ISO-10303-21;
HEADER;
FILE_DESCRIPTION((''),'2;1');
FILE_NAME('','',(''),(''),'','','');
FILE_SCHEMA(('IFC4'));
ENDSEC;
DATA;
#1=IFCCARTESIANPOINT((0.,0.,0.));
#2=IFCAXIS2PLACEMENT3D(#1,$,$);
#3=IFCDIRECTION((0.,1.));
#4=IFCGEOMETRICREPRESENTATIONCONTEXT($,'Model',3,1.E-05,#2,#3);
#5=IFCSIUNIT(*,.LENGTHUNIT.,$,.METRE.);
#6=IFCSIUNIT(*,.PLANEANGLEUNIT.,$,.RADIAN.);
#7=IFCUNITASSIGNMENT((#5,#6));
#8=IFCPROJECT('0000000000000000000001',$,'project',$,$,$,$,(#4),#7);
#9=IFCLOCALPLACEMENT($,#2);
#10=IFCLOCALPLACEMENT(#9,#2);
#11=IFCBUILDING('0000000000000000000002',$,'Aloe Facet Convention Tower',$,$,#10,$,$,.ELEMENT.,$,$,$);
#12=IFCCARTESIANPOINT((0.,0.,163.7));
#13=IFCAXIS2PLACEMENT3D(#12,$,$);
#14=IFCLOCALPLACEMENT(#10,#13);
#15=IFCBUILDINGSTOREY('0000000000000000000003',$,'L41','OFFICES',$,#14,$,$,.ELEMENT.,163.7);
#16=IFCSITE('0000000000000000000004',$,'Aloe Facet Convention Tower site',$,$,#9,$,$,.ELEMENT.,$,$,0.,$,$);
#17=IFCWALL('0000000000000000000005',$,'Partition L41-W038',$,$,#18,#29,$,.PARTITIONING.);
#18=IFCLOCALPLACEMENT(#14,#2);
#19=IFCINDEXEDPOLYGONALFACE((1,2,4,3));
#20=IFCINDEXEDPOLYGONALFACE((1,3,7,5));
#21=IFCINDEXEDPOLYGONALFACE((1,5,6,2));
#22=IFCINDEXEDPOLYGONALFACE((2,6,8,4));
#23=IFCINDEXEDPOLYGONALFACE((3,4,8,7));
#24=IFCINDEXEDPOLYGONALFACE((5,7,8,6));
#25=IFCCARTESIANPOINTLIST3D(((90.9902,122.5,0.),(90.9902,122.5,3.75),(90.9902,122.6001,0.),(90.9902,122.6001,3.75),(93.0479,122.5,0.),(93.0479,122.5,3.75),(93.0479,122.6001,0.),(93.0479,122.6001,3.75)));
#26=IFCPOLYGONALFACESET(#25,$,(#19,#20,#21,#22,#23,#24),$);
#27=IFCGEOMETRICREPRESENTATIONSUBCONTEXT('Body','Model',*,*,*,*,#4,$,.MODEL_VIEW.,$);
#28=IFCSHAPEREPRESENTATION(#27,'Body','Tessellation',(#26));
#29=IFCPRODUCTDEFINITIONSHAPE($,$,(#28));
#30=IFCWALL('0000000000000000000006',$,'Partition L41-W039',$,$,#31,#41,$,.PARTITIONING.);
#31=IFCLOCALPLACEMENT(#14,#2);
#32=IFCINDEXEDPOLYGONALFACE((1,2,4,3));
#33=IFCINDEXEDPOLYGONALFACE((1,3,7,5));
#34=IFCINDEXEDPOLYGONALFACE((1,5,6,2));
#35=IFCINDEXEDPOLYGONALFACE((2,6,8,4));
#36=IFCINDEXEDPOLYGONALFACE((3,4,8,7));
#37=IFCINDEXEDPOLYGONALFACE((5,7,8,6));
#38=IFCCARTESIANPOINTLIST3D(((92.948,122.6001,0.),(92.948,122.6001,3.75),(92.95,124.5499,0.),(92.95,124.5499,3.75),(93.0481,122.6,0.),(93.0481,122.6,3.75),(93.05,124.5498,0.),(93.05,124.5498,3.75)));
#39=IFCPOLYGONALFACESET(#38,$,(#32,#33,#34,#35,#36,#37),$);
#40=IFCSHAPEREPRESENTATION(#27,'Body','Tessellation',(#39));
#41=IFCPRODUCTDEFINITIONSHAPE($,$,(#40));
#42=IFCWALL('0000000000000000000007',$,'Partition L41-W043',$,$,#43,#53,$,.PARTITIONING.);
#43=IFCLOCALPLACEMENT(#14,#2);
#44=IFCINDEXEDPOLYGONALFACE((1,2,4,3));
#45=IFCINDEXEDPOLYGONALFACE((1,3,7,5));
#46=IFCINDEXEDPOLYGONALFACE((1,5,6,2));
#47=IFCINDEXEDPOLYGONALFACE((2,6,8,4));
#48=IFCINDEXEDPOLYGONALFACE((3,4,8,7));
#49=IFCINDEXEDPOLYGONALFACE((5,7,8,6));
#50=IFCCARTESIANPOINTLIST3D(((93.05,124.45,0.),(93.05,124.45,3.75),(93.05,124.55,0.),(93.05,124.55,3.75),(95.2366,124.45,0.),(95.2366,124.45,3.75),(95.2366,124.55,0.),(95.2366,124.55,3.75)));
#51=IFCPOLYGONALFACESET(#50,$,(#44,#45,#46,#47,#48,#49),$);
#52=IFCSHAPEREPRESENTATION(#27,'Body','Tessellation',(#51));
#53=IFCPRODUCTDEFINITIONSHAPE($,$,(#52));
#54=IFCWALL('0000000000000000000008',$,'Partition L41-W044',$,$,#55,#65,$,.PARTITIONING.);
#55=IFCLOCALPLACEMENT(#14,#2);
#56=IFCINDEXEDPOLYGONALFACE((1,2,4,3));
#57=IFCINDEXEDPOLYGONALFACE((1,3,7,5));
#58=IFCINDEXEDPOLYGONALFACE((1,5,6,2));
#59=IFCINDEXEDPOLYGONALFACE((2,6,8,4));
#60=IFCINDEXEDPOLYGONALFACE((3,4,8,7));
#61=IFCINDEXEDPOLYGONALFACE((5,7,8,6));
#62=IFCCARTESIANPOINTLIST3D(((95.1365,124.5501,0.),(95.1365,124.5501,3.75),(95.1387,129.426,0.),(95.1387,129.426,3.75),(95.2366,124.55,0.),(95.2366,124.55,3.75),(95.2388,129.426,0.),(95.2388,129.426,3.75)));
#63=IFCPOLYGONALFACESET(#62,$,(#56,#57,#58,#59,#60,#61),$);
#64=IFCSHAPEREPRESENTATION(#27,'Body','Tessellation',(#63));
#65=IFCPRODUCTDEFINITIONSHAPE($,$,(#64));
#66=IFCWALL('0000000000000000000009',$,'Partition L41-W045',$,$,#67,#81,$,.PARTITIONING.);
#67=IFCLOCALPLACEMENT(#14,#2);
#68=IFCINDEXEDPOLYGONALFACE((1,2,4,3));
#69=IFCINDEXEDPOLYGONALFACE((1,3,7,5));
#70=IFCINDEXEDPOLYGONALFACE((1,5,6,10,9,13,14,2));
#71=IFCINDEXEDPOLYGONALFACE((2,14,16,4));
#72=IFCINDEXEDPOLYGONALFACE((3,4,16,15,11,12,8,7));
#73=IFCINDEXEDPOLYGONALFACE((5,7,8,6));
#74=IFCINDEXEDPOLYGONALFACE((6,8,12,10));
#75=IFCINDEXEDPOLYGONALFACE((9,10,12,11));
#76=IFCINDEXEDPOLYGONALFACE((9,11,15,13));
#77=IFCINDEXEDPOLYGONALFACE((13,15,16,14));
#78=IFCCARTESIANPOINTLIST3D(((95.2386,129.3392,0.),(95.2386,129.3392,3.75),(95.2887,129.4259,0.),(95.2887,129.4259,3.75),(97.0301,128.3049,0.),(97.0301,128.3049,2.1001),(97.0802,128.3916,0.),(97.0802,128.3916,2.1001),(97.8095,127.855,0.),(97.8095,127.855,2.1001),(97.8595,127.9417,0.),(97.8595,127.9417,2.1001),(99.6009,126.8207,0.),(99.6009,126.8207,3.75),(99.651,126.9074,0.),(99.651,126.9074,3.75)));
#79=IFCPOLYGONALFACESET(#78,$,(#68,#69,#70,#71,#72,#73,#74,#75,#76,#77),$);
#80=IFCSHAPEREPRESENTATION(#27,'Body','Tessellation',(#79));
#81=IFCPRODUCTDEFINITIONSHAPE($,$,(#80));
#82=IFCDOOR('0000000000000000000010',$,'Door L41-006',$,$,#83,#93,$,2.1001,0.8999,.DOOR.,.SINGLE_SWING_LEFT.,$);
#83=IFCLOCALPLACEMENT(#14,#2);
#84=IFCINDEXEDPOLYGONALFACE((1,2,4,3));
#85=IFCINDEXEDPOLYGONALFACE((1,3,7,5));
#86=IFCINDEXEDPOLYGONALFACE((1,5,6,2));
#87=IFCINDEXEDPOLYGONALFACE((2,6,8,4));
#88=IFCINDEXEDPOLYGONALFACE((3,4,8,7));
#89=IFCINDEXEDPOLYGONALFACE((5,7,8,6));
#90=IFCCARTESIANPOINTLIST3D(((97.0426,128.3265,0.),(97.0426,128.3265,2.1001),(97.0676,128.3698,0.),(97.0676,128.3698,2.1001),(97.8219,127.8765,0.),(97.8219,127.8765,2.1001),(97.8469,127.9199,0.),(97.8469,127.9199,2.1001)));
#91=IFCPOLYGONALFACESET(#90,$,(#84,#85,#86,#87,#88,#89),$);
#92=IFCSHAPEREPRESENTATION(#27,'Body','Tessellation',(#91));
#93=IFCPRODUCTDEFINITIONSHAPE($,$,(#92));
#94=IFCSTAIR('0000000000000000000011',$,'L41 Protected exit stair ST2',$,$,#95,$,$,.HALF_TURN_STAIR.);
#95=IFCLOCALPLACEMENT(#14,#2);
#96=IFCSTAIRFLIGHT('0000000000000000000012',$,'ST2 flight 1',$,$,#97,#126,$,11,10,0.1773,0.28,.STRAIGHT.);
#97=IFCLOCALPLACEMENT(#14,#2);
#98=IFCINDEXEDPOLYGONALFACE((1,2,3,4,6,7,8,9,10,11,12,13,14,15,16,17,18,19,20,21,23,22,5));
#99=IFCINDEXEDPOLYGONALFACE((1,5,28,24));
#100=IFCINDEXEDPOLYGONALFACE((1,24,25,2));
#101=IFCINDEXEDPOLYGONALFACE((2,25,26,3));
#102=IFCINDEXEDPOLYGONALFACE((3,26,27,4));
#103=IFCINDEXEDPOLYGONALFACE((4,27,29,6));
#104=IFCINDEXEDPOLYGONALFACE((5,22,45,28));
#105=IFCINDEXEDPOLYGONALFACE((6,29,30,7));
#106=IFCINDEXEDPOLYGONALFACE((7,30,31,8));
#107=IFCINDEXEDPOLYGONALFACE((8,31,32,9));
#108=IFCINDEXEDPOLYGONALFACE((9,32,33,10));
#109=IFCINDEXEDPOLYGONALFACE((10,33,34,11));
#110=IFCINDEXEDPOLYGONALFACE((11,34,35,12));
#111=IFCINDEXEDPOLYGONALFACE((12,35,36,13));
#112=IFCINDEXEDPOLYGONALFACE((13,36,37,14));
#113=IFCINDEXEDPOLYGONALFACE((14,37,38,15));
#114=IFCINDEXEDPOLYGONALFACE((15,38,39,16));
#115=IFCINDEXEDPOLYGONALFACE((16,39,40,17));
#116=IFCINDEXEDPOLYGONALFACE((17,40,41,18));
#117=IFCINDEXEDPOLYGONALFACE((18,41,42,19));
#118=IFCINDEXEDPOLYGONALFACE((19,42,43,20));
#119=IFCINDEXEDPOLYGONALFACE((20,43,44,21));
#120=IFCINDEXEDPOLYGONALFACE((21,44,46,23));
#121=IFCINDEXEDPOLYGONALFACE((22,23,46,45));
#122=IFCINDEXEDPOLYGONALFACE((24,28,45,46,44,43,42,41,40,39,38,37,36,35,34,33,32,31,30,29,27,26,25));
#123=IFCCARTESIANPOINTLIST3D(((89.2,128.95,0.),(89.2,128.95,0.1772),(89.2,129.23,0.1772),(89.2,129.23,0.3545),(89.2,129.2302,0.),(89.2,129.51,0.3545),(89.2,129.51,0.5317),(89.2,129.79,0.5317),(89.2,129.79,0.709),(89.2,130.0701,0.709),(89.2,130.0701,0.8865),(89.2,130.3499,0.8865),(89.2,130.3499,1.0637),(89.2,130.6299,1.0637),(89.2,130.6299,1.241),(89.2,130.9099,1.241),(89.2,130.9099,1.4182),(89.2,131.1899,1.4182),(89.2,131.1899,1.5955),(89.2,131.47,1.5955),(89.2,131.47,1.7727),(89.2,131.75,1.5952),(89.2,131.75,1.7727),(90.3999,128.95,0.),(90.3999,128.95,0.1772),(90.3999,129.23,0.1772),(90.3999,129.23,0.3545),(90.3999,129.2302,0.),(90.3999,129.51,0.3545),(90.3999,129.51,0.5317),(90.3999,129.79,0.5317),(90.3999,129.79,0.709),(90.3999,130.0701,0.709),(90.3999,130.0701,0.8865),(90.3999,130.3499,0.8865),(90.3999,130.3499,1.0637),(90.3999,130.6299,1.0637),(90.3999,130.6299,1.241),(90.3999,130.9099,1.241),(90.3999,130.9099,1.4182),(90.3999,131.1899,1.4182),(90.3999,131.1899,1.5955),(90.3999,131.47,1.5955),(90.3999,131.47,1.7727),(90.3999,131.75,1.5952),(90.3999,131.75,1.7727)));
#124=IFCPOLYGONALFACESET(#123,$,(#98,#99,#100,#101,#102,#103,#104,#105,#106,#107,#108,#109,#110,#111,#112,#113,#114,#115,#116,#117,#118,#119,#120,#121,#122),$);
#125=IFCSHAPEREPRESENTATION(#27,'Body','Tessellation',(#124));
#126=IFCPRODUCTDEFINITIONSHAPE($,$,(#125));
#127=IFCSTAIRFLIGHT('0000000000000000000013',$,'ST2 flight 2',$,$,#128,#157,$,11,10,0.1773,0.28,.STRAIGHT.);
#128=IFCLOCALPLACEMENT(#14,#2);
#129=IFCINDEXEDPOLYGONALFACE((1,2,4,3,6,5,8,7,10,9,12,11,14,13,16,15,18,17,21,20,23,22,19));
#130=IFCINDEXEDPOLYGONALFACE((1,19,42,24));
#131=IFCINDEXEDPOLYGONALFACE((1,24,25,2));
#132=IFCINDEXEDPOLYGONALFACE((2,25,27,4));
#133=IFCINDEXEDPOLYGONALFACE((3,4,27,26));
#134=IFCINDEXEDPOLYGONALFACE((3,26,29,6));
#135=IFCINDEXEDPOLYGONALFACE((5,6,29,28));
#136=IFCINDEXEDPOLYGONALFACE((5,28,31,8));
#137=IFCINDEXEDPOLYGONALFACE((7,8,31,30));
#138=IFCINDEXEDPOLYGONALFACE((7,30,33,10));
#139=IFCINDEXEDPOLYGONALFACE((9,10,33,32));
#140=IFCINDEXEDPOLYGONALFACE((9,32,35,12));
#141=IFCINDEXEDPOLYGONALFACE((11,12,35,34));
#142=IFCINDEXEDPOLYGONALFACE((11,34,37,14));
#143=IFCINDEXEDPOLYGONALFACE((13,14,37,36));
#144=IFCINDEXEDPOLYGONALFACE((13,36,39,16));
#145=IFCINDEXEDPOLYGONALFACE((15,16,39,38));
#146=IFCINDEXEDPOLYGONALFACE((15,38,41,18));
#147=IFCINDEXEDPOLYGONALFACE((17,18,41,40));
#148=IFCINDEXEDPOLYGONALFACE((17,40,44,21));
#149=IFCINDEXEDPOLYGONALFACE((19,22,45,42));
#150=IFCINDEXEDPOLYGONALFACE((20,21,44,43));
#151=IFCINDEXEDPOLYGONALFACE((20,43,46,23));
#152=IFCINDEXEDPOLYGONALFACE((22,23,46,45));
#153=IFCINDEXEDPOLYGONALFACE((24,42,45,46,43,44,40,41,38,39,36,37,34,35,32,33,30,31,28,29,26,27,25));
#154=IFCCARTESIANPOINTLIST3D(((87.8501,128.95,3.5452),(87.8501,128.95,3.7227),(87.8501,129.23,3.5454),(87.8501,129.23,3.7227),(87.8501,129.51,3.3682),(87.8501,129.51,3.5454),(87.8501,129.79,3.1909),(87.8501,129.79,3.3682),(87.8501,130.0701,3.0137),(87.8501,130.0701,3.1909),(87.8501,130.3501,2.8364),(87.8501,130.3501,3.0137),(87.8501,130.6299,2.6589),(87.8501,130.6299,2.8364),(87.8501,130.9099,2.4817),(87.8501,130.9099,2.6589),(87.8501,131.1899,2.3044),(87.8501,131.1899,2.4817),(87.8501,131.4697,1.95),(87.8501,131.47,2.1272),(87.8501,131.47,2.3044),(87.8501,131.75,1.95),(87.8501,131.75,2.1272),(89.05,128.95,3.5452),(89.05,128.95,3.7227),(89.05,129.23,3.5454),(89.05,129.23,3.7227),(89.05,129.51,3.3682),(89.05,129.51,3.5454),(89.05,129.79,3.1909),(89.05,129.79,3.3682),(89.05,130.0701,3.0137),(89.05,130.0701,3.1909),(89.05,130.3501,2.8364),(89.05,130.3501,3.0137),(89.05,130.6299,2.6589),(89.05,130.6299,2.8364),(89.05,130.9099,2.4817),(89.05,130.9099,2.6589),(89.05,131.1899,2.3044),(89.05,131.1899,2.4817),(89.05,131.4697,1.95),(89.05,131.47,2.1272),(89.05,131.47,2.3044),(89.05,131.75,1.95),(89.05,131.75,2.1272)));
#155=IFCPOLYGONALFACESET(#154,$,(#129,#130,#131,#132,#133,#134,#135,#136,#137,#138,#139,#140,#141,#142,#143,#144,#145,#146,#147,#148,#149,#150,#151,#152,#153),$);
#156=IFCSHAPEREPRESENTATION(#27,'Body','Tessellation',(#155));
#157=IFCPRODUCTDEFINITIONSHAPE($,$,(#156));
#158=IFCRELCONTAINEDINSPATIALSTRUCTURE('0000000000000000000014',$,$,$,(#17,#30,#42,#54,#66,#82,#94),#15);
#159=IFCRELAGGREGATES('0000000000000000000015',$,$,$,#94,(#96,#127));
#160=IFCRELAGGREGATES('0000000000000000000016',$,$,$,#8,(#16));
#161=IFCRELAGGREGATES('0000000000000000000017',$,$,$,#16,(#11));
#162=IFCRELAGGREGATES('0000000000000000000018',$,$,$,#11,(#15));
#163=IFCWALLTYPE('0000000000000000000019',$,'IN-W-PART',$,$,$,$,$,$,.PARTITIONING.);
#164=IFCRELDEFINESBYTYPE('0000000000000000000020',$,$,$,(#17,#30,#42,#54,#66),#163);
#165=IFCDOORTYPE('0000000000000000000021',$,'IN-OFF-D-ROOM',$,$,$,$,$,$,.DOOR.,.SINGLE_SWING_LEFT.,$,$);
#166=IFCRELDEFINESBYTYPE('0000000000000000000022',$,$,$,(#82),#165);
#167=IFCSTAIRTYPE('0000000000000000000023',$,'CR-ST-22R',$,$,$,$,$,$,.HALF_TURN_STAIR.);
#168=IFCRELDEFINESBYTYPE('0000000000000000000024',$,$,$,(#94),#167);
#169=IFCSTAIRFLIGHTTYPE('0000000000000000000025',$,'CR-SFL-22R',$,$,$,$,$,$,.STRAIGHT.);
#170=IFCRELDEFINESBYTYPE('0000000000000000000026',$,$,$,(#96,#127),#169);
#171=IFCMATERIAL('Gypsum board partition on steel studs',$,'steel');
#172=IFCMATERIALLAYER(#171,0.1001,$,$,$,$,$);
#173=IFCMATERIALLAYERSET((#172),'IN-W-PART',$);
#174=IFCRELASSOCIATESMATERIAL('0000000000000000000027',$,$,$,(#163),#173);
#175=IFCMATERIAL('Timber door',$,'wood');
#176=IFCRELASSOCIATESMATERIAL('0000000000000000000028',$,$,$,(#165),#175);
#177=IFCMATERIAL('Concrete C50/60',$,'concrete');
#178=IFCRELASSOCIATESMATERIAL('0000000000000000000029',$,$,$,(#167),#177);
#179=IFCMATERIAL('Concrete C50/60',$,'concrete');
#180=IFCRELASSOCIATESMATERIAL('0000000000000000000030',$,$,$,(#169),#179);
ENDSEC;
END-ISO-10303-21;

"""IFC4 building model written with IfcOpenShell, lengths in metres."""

from ifc_helpers import new_model, si_unit, direction, frame, frame_2d, origin, place, context, subcontext, project, spatial, polyline, rectangle, outline, extrude, material, layer, layer_set, type_object, element, fill, aggregate, save


model = new_model("IFC4")

# Units and contexts
model_context = context("Model", 3, precision=1e-05, world=origin(), true_north=direction((0.0, 1.0)))
body_context = subcontext(model_context, "Body", "Model", "MODEL_VIEW")
ifc_project = project(units=[si_unit("LENGTHUNIT", "METRE"), si_unit("PLANEANGLEUNIT", "RADIAN")], contexts=[model_context])

# Site, building, storey
site_placement = place(None, origin())
site = spatial("IfcSite", under=ifc_project, at=site_placement, Name="Aloe Facet Convention Tower site", CompositionType="ELEMENT", RefElevation=0.0)
building_placement = place(site_placement, origin())
building = spatial("IfcBuilding", under=site, at=building_placement, Name="Aloe Facet Convention Tower", CompositionType="ELEMENT")
storey_placement = place(building_placement, frame((0.0, 0.0, 163.7)))
storey = spatial("IfcBuildingStorey", under=building, at=storey_placement, Name="L41", Description="OFFICES", CompositionType="ELEMENT", Elevation=163.7)

# Walls
ifc_material_1 = material(Name="Gypsum board partition on steel studs", Category="steel")
ifc_layer_1 = layer(ifc_material_1, 0.1001)
ifc_layer_set_1 = layer_set([ifc_layer_1], Name="IN-W-PART")
wall_type_1 = type_object("IfcWallType", Name="IN-W-PART", PredefinedType="PARTITIONING", material=ifc_layer_set_1)
wall_1_placement = place(storey_placement, frame((90.9902, 122.55, 0.0), z_axis=(0.0, 0.0, 1.0), x_axis=(1.0, 0.0, 0.0)))
element("IfcWall", 1, at=wall_1_placement, inside=storey, type_object=wall_type_1, Name="Partition L41-W038", PredefinedType="PARTITIONING", context=body_context, shape_type="SweptSolid", body=[
    extrude(rectangle(XDim=2.0576, YDim=0.1001, at=frame_2d((1.0288, 0.0))), origin(), (0.0, 0.0, 1.0), 3.75),
])
wall_2_placement = place(storey_placement, frame((92.998, 122.6001, 0.0), z_axis=(0.0, 0.0, 1.0), x_axis=(0.001002, 0.999999, 0.0)))
element("IfcWall", 2, at=wall_2_placement, inside=storey, type_object=wall_type_1, Name="Partition L41-W039", PredefinedType="PARTITIONING", context=body_context, shape_type="SweptSolid", body=[
    extrude(rectangle(XDim=1.9497, YDim=0.1001, at=frame_2d((0.9749, 0.0))), origin(), (0.0, 0.0, 1.0), 3.75),
])
wall_3_placement = place(storey_placement, frame((93.05, 124.5, 0.0), z_axis=(0.0, 0.0, 1.0), x_axis=(1.0, 0.0, 0.0)))
element("IfcWall", 3, at=wall_3_placement, inside=storey, type_object=wall_type_1, Name="Partition L41-W043", PredefinedType="PARTITIONING", context=body_context, shape_type="SweptSolid", body=[
    extrude(rectangle(XDim=2.1865, YDim=0.1001, at=frame_2d((1.0933, 0.0))), origin(), (0.0, 0.0, 1.0), 3.75),
])
wall_4_placement = place(storey_placement, frame((95.1865, 124.55, 0.0), z_axis=(0.0, 0.0, 1.0), x_axis=(0.000451, 1.0, 0.0)))
element("IfcWall", 4, at=wall_4_placement, inside=storey, type_object=wall_type_1, Name="Partition L41-W044", PredefinedType="PARTITIONING", context=body_context, shape_type="SweptSolid", body=[
    extrude(rectangle(XDim=4.876, YDim=0.1001, at=frame_2d((2.438, 0.0))), origin(), (0.0, 0.0, 1.0), 3.75),
])

# Wall, opening, door
wall_5_placement = place(storey_placement, frame((95.2637, 129.3826, 0.0), z_axis=(0.0, 0.0, 1.0), x_axis=(0.866027, -0.499997, 0.0)))
wall_5 = element("IfcWall", 5, at=wall_5_placement, inside=storey, type_object=wall_type_1, Name="Partition L41-W045", PredefinedType="PARTITIONING", context=body_context, shape_type="SweptSolid", body=[
    extrude(rectangle(XDim=5.0371, YDim=0.1001, at=frame_2d((2.5186, 0.0))), origin(), (0.0, 0.0, 1.0), 3.75),
])
opening_1_placement = place(wall_5_placement, frame((2.0686, 0.0, 0.0)))
opening_1 = element("IfcOpeningElement", 6, at=opening_1_placement, cuts=wall_5, PredefinedType="OPENING", context=body_context, shape_type="SweptSolid", body=[
    extrude(rectangle(XDim=0.8999, YDim=2.1001, at=frame_2d((0.45, 1.05))), frame((0.0, 0.0601, 0.0), z_axis=(0.0, -1.0, 0.0), x_axis=(1.0, 0.0, 0.0)), (0.0, 0.0, 1.0), 0.1201),
])
ifc_material_2 = material(Name="Timber door", Category="wood")
door_type = type_object("IfcDoorType", Name="IN-OFF-D-ROOM", OperationType="SINGLE_SWING_LEFT", PredefinedType="DOOR", material=ifc_material_2)
door_placement = place(opening_1_placement, origin())
door = element("IfcDoor", 7, at=door_placement, inside=storey, type_object=door_type, Name="Door L41-006", OperationType="SINGLE_SWING_LEFT", OverallHeight=2.1001, OverallWidth=0.8999, PredefinedType="DOOR", context=body_context, shape_type="SweptSolid", body=[
    extrude(rectangle(XDim=0.8999, YDim=2.1001, at=frame_2d((0.45, 1.05))), frame((0.0, 0.0249, 0.0), z_axis=(0.0, -1.0, 0.0), x_axis=(1.0, 0.0, 0.0)), (0.0, 0.0, 1.0), 0.05),
])
fill(opening_1, door)

# Stair, stair flights
ifc_material_3 = material(Name="Concrete C50/60", Category="concrete")
stair_type = type_object("IfcStairType", Name="CR-ST-22R", PredefinedType="HALF_TURN_STAIR", material=ifc_material_3)
stair_placement = place(storey_placement, origin())
stair = element("IfcStair", 8, at=stair_placement, inside=storey, type_object=stair_type, Name="L41 Protected exit stair ST2", PredefinedType="HALF_TURN_STAIR")
ifc_material_4 = material(Name="Concrete C50/60", Category="concrete")
stair_flight_type = type_object("IfcStairFlightType", Name="CR-SFL-22R", PredefinedType="STRAIGHT", material=ifc_material_4)
stair_flight_1_placement = place(storey_placement, frame((89.8, 128.95, 0.0), z_axis=(0.0, 0.0, 1.0), x_axis=(0.0, 1.0, 0.0)))
stair_flight_1 = element("IfcStairFlight", 9, at=stair_flight_1_placement, type_object=stair_flight_type, Name="ST2 flight 1", NumberOfRisers=11, NumberOfTreads=10, PredefinedType="STRAIGHT", RiserHeight=0.1773, TreadLength=0.28, context=body_context, shape_type="SweptSolid", body=[
    extrude(outline(polyline([(0.0, 0.0), (0.0, 0.1772), (0.28, 0.1772), (0.28, 0.3545), (0.5601, 0.3545), (0.5601, 0.5317), (0.8401, 0.5317), (0.8401, 0.709), (1.1201, 0.709), (1.1201, 0.8865), (1.3999, 0.8865), (1.3999, 1.0637), (1.6799, 1.0637), (1.6799, 1.241), (1.96, 1.241), (1.96, 1.4182), (2.24, 1.4182), (2.24, 1.5955), (2.52, 1.5955), (2.52, 1.7727), (2.8, 1.7727), (2.8, 1.95), (2.8, 1.5952), (0.2803, 0.0), (0.0, 0.0)])), frame((0.0, 0.6001, 0.0), z_axis=(0.0, -1.0, 0.0), x_axis=(1.0, 0.0, 0.0)), (0.0, 0.0, 1.0), 1.2),
])
stair_flight_2_placement = place(storey_placement, frame((88.45, 131.75, 1.95), z_axis=(0.0, 0.0, 1.0), x_axis=(0.0, -1.0, 0.0)))
stair_flight_2 = element("IfcStairFlight", 10, at=stair_flight_2_placement, type_object=stair_flight_type, Name="ST2 flight 2", NumberOfRisers=11, NumberOfTreads=10, PredefinedType="STRAIGHT", RiserHeight=0.1773, TreadLength=0.28, context=body_context, shape_type="SweptSolid", body=[
    extrude(outline(polyline([(0.0, 0.0), (0.0, 0.1772), (0.28, 0.1772), (0.28, 0.3545), (0.5601, 0.3545), (0.5601, 0.5317), (0.8401, 0.5317), (0.8401, 0.709), (1.1201, 0.709), (1.1201, 0.8865), (1.3999, 0.8865), (1.3999, 1.0637), (1.6799, 1.0637), (1.6799, 1.241), (1.96, 1.241), (1.96, 1.4182), (2.24, 1.4182), (2.24, 1.5955), (2.52, 1.5955), (2.52, 1.7727), (2.8, 1.7727), (2.8, 1.95), (2.8, 1.5952), (0.2803, 0.0), (0.0, 0.0)])), frame((0.0, 0.6001, 0.0), z_axis=(0.0, -1.0, 0.0), x_axis=(1.0, 0.0, 0.0)), (0.0, 0.0, 1.0), 1.2),
])
aggregate(stair, [stair_flight_1, stair_flight_2])

save(model, "model.ifc")
